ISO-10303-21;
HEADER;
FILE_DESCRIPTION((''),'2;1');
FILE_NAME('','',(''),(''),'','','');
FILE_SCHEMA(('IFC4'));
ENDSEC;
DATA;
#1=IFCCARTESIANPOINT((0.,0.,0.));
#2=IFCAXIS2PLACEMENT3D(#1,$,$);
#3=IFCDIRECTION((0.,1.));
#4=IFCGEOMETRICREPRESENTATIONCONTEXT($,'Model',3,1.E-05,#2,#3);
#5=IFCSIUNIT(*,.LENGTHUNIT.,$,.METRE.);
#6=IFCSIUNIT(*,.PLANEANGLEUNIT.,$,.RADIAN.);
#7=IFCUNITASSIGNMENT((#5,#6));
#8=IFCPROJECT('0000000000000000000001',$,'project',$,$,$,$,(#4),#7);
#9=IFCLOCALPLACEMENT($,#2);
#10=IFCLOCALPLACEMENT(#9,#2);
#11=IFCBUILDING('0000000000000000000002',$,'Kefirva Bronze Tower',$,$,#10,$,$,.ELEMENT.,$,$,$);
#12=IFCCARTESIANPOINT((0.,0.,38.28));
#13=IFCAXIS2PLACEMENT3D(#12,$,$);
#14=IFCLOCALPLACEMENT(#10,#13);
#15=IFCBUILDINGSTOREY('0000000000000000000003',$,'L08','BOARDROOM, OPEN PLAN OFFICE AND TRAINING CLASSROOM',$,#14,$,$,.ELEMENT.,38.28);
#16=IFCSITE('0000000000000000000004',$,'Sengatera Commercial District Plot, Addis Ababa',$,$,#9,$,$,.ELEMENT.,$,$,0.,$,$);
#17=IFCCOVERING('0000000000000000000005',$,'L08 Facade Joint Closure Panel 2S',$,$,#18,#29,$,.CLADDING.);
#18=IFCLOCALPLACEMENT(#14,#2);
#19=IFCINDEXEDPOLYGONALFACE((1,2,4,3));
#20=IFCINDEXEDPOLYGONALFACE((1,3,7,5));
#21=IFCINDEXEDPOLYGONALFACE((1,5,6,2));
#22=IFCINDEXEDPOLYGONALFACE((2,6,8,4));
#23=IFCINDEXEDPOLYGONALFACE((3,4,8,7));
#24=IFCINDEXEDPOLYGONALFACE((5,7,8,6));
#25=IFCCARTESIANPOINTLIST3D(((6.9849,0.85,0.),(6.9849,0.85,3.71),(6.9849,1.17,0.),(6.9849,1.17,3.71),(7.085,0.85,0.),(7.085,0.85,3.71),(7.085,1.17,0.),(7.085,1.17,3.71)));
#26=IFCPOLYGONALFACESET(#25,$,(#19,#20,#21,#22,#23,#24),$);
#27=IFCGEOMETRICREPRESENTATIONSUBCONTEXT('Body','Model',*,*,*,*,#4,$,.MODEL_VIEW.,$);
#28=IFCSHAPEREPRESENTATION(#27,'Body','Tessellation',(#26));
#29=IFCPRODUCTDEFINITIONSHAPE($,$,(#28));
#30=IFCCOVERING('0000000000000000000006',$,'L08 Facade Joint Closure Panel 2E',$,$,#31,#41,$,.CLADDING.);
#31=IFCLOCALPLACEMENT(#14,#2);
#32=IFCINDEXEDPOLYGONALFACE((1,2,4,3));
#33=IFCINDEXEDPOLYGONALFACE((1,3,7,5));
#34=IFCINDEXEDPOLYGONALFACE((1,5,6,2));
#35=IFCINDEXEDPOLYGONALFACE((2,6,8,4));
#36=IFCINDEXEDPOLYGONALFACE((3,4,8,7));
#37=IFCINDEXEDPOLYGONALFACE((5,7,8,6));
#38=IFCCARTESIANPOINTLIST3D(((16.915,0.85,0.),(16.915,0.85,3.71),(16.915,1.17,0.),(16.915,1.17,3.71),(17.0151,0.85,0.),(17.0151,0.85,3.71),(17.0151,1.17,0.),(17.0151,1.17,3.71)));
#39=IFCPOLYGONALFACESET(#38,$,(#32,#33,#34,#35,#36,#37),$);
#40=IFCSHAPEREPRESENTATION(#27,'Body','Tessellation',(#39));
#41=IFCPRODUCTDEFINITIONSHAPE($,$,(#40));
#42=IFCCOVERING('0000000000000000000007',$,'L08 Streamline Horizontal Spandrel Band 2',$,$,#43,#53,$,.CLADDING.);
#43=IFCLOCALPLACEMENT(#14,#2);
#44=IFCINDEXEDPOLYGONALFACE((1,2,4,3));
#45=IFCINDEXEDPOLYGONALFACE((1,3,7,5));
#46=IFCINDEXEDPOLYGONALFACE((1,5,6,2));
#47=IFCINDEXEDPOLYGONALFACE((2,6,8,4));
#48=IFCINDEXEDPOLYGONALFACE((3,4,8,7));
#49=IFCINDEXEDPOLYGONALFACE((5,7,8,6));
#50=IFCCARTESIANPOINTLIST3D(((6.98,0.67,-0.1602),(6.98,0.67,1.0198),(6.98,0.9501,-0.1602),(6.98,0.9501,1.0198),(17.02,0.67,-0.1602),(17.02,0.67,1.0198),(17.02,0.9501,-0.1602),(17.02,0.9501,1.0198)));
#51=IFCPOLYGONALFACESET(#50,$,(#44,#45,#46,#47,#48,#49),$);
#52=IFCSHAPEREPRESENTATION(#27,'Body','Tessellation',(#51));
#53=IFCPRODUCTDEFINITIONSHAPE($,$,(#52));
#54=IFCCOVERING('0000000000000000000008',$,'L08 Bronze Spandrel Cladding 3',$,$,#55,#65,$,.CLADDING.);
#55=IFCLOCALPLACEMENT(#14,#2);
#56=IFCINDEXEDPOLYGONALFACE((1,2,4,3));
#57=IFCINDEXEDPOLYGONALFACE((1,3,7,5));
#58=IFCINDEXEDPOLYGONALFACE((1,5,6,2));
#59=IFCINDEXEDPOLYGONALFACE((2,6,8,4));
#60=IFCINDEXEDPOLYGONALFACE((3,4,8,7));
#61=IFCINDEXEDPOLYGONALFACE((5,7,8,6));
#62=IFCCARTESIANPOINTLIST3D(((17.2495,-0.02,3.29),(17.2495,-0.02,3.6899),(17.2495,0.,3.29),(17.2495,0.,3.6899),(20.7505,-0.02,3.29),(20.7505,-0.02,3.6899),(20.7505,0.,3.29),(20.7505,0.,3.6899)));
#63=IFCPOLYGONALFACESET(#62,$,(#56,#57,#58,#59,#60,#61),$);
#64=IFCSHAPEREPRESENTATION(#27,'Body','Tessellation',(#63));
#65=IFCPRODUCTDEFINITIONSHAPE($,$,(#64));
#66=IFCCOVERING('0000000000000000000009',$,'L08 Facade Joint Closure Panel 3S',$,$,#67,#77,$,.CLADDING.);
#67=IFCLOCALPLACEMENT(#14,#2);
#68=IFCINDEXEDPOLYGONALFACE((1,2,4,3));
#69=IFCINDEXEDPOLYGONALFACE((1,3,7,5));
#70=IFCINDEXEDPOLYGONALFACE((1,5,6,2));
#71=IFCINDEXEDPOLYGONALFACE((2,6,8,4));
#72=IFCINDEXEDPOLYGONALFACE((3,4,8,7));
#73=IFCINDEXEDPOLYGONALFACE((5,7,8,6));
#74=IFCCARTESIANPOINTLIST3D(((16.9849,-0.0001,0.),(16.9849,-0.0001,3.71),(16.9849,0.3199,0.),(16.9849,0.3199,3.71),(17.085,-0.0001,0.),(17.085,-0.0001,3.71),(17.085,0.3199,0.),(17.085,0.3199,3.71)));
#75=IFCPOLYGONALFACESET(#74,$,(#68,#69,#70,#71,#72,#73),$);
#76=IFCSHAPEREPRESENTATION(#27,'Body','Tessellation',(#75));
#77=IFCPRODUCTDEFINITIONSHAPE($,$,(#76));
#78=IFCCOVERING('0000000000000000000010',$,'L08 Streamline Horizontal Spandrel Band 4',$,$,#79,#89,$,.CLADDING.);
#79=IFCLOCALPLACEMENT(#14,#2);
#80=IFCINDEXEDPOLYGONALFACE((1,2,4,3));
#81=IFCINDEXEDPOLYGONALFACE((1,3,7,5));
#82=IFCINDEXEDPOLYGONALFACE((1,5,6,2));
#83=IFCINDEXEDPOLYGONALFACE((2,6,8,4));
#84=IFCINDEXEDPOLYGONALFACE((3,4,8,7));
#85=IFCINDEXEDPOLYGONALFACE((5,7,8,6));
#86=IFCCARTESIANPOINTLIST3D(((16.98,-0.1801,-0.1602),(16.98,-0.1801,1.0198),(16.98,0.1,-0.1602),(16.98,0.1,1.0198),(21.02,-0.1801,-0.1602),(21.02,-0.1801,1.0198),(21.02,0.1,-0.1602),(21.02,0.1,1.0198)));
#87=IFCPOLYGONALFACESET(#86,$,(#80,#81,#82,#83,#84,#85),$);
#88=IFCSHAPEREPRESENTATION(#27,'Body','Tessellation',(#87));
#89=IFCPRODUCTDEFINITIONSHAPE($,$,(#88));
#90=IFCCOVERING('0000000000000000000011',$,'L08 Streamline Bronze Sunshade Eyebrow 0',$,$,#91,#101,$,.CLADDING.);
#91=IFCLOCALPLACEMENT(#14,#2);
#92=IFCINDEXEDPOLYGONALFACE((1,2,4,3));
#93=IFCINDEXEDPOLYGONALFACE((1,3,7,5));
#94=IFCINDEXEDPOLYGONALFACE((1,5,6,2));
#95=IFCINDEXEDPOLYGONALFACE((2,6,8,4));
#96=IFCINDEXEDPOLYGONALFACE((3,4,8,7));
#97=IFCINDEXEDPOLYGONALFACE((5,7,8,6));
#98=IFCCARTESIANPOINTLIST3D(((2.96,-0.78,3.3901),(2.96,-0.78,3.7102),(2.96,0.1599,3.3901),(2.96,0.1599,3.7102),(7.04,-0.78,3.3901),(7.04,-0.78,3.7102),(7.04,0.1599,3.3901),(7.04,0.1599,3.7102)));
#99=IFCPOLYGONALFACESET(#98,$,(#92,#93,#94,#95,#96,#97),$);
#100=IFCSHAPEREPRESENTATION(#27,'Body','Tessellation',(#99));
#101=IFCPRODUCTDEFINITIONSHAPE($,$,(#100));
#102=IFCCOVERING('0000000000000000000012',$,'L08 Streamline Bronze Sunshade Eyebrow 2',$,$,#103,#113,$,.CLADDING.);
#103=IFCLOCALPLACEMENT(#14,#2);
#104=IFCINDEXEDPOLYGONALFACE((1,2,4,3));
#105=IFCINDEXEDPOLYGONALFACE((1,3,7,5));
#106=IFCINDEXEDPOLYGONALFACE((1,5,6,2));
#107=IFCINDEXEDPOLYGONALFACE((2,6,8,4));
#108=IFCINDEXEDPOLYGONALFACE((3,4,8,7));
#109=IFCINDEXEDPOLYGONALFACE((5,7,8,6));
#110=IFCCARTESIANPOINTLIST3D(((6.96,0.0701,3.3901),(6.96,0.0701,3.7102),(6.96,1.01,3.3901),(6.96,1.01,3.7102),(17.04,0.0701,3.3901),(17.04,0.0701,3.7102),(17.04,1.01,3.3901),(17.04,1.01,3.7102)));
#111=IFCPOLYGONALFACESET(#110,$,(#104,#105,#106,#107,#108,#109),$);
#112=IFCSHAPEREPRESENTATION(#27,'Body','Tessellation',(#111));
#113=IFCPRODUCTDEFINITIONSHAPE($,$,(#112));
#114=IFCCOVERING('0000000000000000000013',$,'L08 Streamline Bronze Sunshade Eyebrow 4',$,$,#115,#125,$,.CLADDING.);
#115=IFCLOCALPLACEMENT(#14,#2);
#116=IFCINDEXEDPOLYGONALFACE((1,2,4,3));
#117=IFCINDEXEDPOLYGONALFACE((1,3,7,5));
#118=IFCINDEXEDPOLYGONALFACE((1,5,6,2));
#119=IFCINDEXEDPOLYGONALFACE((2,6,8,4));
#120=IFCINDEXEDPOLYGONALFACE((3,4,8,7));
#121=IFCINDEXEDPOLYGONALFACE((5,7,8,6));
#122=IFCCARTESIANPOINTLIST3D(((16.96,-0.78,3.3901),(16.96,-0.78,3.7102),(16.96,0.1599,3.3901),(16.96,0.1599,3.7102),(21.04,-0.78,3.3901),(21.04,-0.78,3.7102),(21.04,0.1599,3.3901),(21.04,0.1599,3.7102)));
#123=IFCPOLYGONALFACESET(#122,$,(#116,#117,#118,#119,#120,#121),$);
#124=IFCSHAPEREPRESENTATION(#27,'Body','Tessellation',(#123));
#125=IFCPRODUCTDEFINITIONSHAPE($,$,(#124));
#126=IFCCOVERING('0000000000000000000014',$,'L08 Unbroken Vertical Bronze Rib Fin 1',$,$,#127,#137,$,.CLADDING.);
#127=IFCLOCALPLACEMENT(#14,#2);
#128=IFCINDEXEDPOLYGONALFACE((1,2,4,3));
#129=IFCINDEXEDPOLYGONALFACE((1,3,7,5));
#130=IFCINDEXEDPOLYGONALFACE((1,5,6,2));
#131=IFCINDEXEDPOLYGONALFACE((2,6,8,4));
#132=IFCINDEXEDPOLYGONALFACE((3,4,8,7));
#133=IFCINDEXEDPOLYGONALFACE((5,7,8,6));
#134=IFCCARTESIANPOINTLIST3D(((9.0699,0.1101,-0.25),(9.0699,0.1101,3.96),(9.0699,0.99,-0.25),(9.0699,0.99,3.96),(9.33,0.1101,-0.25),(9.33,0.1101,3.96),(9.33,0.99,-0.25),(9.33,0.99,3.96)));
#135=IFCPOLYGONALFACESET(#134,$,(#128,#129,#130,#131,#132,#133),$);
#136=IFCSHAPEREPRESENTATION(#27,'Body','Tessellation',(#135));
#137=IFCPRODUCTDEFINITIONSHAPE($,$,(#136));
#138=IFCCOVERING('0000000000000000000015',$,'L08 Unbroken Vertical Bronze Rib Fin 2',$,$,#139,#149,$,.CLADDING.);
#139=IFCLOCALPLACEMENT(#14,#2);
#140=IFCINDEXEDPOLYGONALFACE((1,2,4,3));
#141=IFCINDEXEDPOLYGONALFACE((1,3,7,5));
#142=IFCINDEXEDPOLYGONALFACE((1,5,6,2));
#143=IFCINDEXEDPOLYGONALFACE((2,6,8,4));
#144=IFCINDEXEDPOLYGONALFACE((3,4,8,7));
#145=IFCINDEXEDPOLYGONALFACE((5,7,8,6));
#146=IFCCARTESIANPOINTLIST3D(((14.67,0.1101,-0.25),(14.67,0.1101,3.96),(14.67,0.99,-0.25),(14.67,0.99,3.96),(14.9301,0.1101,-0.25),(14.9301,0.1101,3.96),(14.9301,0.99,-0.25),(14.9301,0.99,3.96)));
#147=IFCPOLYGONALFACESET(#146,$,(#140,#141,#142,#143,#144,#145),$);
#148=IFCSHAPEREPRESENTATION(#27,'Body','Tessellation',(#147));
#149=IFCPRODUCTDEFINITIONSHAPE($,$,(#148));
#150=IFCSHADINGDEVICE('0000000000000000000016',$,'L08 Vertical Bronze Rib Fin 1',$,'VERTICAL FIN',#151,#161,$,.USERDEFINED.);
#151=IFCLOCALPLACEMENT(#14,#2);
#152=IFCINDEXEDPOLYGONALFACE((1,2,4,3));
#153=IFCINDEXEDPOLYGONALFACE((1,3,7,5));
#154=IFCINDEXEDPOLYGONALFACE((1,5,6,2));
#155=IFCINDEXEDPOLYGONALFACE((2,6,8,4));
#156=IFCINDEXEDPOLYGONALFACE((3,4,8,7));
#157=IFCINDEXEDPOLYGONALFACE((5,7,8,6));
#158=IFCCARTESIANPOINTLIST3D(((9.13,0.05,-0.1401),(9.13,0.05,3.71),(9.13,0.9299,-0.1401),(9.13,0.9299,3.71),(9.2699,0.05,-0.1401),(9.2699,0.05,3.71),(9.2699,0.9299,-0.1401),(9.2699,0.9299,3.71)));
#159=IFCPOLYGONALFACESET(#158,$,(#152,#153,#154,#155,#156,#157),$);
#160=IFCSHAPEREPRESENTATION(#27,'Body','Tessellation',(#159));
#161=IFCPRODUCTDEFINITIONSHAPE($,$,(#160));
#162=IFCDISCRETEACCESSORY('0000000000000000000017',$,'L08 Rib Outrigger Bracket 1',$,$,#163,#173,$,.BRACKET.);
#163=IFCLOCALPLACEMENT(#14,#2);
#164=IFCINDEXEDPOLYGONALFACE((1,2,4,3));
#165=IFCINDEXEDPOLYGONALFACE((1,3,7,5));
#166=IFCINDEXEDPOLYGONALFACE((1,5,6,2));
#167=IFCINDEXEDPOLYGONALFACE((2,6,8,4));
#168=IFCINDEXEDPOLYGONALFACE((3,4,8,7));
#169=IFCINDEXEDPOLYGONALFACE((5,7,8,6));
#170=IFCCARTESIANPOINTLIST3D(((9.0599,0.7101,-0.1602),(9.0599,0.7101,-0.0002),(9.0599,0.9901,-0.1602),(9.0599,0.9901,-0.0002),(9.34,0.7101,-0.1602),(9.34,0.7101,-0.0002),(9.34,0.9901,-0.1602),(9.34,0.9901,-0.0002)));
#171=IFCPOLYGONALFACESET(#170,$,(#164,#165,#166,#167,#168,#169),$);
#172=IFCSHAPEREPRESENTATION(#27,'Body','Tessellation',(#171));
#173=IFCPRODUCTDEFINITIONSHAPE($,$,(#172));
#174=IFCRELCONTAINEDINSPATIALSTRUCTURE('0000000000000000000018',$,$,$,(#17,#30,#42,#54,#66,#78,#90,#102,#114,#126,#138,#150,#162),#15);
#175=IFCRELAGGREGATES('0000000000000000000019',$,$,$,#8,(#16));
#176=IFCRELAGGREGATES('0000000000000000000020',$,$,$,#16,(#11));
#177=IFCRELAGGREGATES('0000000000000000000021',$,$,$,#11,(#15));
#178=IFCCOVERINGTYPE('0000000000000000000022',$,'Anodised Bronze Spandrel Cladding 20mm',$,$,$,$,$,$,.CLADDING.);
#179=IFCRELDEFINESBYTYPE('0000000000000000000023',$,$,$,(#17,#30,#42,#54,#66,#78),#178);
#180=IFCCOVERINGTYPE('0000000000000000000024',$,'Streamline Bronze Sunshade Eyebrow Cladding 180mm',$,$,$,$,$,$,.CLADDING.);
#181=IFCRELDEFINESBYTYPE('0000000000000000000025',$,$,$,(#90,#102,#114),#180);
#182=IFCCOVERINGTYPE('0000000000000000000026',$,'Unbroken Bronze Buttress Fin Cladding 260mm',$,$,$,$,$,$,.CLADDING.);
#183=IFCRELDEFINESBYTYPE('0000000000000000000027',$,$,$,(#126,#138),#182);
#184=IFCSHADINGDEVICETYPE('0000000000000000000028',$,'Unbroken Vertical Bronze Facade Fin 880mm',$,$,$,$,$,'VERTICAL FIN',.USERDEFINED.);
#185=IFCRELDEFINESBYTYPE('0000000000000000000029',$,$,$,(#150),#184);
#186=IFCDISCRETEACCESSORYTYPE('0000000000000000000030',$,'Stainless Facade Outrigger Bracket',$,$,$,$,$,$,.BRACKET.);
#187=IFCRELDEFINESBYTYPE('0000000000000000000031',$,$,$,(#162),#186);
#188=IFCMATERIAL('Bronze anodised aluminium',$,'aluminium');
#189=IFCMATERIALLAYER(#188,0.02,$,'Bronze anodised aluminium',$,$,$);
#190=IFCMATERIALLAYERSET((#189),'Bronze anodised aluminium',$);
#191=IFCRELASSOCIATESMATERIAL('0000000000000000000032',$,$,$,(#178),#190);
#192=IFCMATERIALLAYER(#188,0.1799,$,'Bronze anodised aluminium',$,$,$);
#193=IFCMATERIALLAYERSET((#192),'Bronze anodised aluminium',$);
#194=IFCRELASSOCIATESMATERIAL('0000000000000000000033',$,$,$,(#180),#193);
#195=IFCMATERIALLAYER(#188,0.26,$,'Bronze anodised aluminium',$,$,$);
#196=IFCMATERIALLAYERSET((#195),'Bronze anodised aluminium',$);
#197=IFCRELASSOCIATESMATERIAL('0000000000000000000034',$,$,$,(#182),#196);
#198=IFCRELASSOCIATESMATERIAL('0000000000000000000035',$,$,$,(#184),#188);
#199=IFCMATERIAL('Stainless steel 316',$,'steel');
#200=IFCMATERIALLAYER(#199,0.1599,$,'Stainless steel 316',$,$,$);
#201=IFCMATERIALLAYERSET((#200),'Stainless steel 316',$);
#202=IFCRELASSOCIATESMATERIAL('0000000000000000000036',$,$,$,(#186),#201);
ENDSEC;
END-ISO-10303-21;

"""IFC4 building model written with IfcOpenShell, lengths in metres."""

from ifc_helpers import new_model, si_unit, direction, frame, origin, origin_2d, place, context, subcontext, project, spatial, rectangle, extrude, material, layer, layer_set, material_profile, profile_set, type_object, element, save


model = new_model("IFC4")

# Units and contexts
model_context = context("Model", 3, precision=1e-05, world=origin(), true_north=direction((0.0, 1.0)))
body_context = subcontext(model_context, "Body", "Model", "MODEL_VIEW")
ifc_project = project(units=[si_unit("LENGTHUNIT", "METRE"), si_unit("PLANEANGLEUNIT", "RADIAN")], contexts=[model_context])

# Site, building, storey
site_placement = place(None, origin())
site = spatial("IfcSite", under=ifc_project, at=site_placement, Name="Sengatera Commercial District Plot, Addis Ababa", CompositionType="ELEMENT", RefElevation=0.0)
building_placement = place(site_placement, origin())
building = spatial("IfcBuilding", under=site, at=building_placement, Name="Kefirva Bronze Tower", CompositionType="ELEMENT")
storey_placement = place(building_placement, frame((0.0, 0.0, 38.28)))
storey = spatial("IfcBuildingStorey", under=building, at=storey_placement, Name="L08", Description="BOARDROOM, OPEN PLAN OFFICE AND TRAINING CLASSROOM", CompositionType="ELEMENT", Elevation=38.28)

# Coverings
ifc_material_1 = material(Name="Bronze anodised aluminium", Category="aluminium")
ifc_layer_1 = layer(ifc_material_1, 0.02, Name="Bronze anodised aluminium")
ifc_layer_set_1 = layer_set([ifc_layer_1], Name="Bronze anodised aluminium")
covering_type_1 = type_object("IfcCoveringType", Name="Anodised Bronze Spandrel Cladding 20mm", PredefinedType="CLADDING", material=ifc_layer_set_1)
for number, where, z_axis, x_axis, name in (
    (1, (7.0349, 1.01, 0.0), (0.0, 0.0, 1.0), (1.0, 0.0, 0.0), "L08 Facade Joint Closure Panel 2S"),
    (2, (16.9651, 1.01, 0.0), (0.0, 0.0, 1.0), (1.0, 0.0, 0.0), "L08 Facade Joint Closure Panel 2E"),
):
    element("IfcCovering", number, at=place(storey_placement, frame(where, z_axis=z_axis, x_axis=x_axis)), inside=storey, type_object=covering_type_1, Name=name, PredefinedType="CLADDING", context=body_context, shape_type="SweptSolid", body=[
        extrude(rectangle(XDim=0.1001, YDim=0.3201, at=origin_2d()), origin(), (0.0, 0.0, 1.0), 3.71),
    ])
covering_1_placement = place(storey_placement, frame((12.0, 0.8101, -0.1602), z_axis=(0.0, 0.0, 1.0), x_axis=(1.0, 0.0, 0.0)))
element("IfcCovering", 3, at=covering_1_placement, inside=storey, type_object=covering_type_1, Name="L08 Streamline Horizontal Spandrel Band 2", PredefinedType="CLADDING", context=body_context, shape_type="SweptSolid", body=[
    extrude(rectangle(XDim=10.04, YDim=0.28, at=origin_2d()), origin(), (0.0, 0.0, 1.0), 1.1799),
])
covering_2_placement = place(storey_placement, frame((19.0, -0.01, 3.29), z_axis=(0.0, 0.0, 1.0), x_axis=(1.0, 0.0, 0.0)))
element("IfcCovering", 4, at=covering_2_placement, inside=storey, type_object=covering_type_1, Name="L08 Bronze Spandrel Cladding 3", PredefinedType="CLADDING", context=body_context, shape_type="SweptSolid", body=[
    extrude(rectangle(XDim=3.501, YDim=0.02, at=origin_2d()), origin(), (0.0, 0.0, 1.0), 0.3999),
])
covering_3_placement = place(storey_placement, frame((17.0349, 0.1599, 0.0), z_axis=(0.0, 0.0, 1.0), x_axis=(1.0, 0.0, 0.0)))
element("IfcCovering", 5, at=covering_3_placement, inside=storey, type_object=covering_type_1, Name="L08 Facade Joint Closure Panel 3S", PredefinedType="CLADDING", context=body_context, shape_type="SweptSolid", body=[
    extrude(rectangle(XDim=0.1001, YDim=0.3201, at=origin_2d()), origin(), (0.0, 0.0, 1.0), 3.71),
])
covering_4_placement = place(storey_placement, frame((19.0, -0.04, -0.1602), z_axis=(0.0, 0.0, 1.0), x_axis=(1.0, 0.0, 0.0)))
element("IfcCovering", 6, at=covering_4_placement, inside=storey, type_object=covering_type_1, Name="L08 Streamline Horizontal Spandrel Band 4", PredefinedType="CLADDING", context=body_context, shape_type="SweptSolid", body=[
    extrude(rectangle(XDim=4.04, YDim=0.28, at=origin_2d()), origin(), (0.0, 0.0, 1.0), 1.1799),
])
ifc_layer_2 = layer(ifc_material_1, 0.1799, Name="Bronze anodised aluminium")
ifc_layer_set_2 = layer_set([ifc_layer_2], Name="Bronze anodised aluminium")
covering_type_2 = type_object("IfcCoveringType", Name="Streamline Bronze Sunshade Eyebrow Cladding 180mm", PredefinedType="CLADDING", material=ifc_layer_set_2)
covering_5_placement = place(storey_placement, frame((5.0, -0.3101, 3.3901), z_axis=(0.0, 0.0, 1.0), x_axis=(1.0, 0.0, 0.0)))
element("IfcCovering", 7, at=covering_5_placement, inside=storey, type_object=covering_type_2, Name="L08 Streamline Bronze Sunshade Eyebrow 0", PredefinedType="CLADDING", context=body_context, shape_type="SweptSolid", body=[
    extrude(rectangle(XDim=4.0801, YDim=0.9399, at=origin_2d()), origin(), (0.0, 0.0, 1.0), 0.3201),
])
covering_6_placement = place(storey_placement, frame((12.0, 0.54, 3.3901), z_axis=(0.0, 0.0, 1.0), x_axis=(1.0, 0.0, 0.0)))
element("IfcCovering", 8, at=covering_6_placement, inside=storey, type_object=covering_type_2, Name="L08 Streamline Bronze Sunshade Eyebrow 2", PredefinedType="CLADDING", context=body_context, shape_type="SweptSolid", body=[
    extrude(rectangle(XDim=10.0801, YDim=0.9399, at=origin_2d()), origin(), (0.0, 0.0, 1.0), 0.3201),
])
covering_7_placement = place(storey_placement, frame((19.0, -0.3101, 3.3901), z_axis=(0.0, 0.0, 1.0), x_axis=(1.0, 0.0, 0.0)))
element("IfcCovering", 9, at=covering_7_placement, inside=storey, type_object=covering_type_2, Name="L08 Streamline Bronze Sunshade Eyebrow 4", PredefinedType="CLADDING", context=body_context, shape_type="SweptSolid", body=[
    extrude(rectangle(XDim=4.0801, YDim=0.9399, at=origin_2d()), origin(), (0.0, 0.0, 1.0), 0.3201),
])
ifc_layer_3 = layer(ifc_material_1, 0.26, Name="Bronze anodised aluminium")
ifc_layer_set_3 = layer_set([ifc_layer_3], Name="Bronze anodised aluminium")
covering_type_3 = type_object("IfcCoveringType", Name="Unbroken Bronze Buttress Fin Cladding 260mm", PredefinedType="CLADDING", material=ifc_layer_set_3)
for number, where, z_axis, x_axis, name in (
    (10, (9.2, 0.55, -0.25), (0.0, 0.0, 1.0), (1.0, 0.0, 0.0), "L08 Unbroken Vertical Bronze Rib Fin 1"),
    (11, (14.8, 0.55, -0.25), (0.0, 0.0, 1.0), (1.0, 0.0, 0.0), "L08 Unbroken Vertical Bronze Rib Fin 2"),
):
    element("IfcCovering", number, at=place(storey_placement, frame(where, z_axis=z_axis, x_axis=x_axis)), inside=storey, type_object=covering_type_3, Name=name, PredefinedType="CLADDING", context=body_context, shape_type="SweptSolid", body=[
        extrude(rectangle(XDim=0.26, YDim=0.8799, at=origin_2d()), origin(), (0.0, 0.0, 1.0), 4.21),
    ])

# Shading device
ifc_material_profile_1 = material_profile(ifc_material_1, rectangle(XDim=0.1399, YDim=0.8799, at=origin_2d()), Name="BRONZE FIN 140x880")
ifc_profile_set_1 = profile_set([ifc_material_profile_1], Name="Bronze anodised aluminium")
shading_device_type = type_object("IfcShadingDeviceType", Name="Unbroken Vertical Bronze Facade Fin 880mm", ElementType="VERTICAL FIN", PredefinedType="USERDEFINED", material=ifc_profile_set_1)
shading_device_placement = place(storey_placement, frame((9.2, 0.49, -0.1401), z_axis=(0.0, 0.0, 1.0), x_axis=(1.0, 0.0, 0.0)))
element("IfcShadingDevice", 12, at=shading_device_placement, inside=storey, type_object=shading_device_type, Name="L08 Vertical Bronze Rib Fin 1", ObjectType="VERTICAL FIN", PredefinedType="USERDEFINED", context=body_context, shape_type="SweptSolid", body=[
    extrude(rectangle(XDim=0.1399, YDim=0.8799, at=origin_2d()), origin(), (0.0, 0.0, 1.0), 3.8501),
])

# Discrete accessory
ifc_material_2 = material(Name="Stainless steel 316", Category="steel")
ifc_layer_4 = layer(ifc_material_2, 0.1599, Name="Stainless steel 316")
ifc_layer_set_4 = layer_set([ifc_layer_4], Name="Stainless steel 316")
discrete_accessory_type = type_object("IfcDiscreteAccessoryType", Name="Stainless Facade Outrigger Bracket", PredefinedType="BRACKET", material=ifc_layer_set_4)
discrete_accessory_placement = place(storey_placement, frame((9.2, 0.8501, -0.1602), z_axis=(0.0, 0.0, 1.0), x_axis=(1.0, 0.0, 0.0)))
element("IfcDiscreteAccessory", 13, at=discrete_accessory_placement, inside=storey, type_object=discrete_accessory_type, Name="L08 Rib Outrigger Bracket 1", PredefinedType="BRACKET", context=body_context, shape_type="SweptSolid", body=[
    extrude(rectangle(XDim=0.28, YDim=0.28, at=origin_2d()), origin(), (0.0, 0.0, 1.0), 0.1599),
])

save(model, "model.ifc")
